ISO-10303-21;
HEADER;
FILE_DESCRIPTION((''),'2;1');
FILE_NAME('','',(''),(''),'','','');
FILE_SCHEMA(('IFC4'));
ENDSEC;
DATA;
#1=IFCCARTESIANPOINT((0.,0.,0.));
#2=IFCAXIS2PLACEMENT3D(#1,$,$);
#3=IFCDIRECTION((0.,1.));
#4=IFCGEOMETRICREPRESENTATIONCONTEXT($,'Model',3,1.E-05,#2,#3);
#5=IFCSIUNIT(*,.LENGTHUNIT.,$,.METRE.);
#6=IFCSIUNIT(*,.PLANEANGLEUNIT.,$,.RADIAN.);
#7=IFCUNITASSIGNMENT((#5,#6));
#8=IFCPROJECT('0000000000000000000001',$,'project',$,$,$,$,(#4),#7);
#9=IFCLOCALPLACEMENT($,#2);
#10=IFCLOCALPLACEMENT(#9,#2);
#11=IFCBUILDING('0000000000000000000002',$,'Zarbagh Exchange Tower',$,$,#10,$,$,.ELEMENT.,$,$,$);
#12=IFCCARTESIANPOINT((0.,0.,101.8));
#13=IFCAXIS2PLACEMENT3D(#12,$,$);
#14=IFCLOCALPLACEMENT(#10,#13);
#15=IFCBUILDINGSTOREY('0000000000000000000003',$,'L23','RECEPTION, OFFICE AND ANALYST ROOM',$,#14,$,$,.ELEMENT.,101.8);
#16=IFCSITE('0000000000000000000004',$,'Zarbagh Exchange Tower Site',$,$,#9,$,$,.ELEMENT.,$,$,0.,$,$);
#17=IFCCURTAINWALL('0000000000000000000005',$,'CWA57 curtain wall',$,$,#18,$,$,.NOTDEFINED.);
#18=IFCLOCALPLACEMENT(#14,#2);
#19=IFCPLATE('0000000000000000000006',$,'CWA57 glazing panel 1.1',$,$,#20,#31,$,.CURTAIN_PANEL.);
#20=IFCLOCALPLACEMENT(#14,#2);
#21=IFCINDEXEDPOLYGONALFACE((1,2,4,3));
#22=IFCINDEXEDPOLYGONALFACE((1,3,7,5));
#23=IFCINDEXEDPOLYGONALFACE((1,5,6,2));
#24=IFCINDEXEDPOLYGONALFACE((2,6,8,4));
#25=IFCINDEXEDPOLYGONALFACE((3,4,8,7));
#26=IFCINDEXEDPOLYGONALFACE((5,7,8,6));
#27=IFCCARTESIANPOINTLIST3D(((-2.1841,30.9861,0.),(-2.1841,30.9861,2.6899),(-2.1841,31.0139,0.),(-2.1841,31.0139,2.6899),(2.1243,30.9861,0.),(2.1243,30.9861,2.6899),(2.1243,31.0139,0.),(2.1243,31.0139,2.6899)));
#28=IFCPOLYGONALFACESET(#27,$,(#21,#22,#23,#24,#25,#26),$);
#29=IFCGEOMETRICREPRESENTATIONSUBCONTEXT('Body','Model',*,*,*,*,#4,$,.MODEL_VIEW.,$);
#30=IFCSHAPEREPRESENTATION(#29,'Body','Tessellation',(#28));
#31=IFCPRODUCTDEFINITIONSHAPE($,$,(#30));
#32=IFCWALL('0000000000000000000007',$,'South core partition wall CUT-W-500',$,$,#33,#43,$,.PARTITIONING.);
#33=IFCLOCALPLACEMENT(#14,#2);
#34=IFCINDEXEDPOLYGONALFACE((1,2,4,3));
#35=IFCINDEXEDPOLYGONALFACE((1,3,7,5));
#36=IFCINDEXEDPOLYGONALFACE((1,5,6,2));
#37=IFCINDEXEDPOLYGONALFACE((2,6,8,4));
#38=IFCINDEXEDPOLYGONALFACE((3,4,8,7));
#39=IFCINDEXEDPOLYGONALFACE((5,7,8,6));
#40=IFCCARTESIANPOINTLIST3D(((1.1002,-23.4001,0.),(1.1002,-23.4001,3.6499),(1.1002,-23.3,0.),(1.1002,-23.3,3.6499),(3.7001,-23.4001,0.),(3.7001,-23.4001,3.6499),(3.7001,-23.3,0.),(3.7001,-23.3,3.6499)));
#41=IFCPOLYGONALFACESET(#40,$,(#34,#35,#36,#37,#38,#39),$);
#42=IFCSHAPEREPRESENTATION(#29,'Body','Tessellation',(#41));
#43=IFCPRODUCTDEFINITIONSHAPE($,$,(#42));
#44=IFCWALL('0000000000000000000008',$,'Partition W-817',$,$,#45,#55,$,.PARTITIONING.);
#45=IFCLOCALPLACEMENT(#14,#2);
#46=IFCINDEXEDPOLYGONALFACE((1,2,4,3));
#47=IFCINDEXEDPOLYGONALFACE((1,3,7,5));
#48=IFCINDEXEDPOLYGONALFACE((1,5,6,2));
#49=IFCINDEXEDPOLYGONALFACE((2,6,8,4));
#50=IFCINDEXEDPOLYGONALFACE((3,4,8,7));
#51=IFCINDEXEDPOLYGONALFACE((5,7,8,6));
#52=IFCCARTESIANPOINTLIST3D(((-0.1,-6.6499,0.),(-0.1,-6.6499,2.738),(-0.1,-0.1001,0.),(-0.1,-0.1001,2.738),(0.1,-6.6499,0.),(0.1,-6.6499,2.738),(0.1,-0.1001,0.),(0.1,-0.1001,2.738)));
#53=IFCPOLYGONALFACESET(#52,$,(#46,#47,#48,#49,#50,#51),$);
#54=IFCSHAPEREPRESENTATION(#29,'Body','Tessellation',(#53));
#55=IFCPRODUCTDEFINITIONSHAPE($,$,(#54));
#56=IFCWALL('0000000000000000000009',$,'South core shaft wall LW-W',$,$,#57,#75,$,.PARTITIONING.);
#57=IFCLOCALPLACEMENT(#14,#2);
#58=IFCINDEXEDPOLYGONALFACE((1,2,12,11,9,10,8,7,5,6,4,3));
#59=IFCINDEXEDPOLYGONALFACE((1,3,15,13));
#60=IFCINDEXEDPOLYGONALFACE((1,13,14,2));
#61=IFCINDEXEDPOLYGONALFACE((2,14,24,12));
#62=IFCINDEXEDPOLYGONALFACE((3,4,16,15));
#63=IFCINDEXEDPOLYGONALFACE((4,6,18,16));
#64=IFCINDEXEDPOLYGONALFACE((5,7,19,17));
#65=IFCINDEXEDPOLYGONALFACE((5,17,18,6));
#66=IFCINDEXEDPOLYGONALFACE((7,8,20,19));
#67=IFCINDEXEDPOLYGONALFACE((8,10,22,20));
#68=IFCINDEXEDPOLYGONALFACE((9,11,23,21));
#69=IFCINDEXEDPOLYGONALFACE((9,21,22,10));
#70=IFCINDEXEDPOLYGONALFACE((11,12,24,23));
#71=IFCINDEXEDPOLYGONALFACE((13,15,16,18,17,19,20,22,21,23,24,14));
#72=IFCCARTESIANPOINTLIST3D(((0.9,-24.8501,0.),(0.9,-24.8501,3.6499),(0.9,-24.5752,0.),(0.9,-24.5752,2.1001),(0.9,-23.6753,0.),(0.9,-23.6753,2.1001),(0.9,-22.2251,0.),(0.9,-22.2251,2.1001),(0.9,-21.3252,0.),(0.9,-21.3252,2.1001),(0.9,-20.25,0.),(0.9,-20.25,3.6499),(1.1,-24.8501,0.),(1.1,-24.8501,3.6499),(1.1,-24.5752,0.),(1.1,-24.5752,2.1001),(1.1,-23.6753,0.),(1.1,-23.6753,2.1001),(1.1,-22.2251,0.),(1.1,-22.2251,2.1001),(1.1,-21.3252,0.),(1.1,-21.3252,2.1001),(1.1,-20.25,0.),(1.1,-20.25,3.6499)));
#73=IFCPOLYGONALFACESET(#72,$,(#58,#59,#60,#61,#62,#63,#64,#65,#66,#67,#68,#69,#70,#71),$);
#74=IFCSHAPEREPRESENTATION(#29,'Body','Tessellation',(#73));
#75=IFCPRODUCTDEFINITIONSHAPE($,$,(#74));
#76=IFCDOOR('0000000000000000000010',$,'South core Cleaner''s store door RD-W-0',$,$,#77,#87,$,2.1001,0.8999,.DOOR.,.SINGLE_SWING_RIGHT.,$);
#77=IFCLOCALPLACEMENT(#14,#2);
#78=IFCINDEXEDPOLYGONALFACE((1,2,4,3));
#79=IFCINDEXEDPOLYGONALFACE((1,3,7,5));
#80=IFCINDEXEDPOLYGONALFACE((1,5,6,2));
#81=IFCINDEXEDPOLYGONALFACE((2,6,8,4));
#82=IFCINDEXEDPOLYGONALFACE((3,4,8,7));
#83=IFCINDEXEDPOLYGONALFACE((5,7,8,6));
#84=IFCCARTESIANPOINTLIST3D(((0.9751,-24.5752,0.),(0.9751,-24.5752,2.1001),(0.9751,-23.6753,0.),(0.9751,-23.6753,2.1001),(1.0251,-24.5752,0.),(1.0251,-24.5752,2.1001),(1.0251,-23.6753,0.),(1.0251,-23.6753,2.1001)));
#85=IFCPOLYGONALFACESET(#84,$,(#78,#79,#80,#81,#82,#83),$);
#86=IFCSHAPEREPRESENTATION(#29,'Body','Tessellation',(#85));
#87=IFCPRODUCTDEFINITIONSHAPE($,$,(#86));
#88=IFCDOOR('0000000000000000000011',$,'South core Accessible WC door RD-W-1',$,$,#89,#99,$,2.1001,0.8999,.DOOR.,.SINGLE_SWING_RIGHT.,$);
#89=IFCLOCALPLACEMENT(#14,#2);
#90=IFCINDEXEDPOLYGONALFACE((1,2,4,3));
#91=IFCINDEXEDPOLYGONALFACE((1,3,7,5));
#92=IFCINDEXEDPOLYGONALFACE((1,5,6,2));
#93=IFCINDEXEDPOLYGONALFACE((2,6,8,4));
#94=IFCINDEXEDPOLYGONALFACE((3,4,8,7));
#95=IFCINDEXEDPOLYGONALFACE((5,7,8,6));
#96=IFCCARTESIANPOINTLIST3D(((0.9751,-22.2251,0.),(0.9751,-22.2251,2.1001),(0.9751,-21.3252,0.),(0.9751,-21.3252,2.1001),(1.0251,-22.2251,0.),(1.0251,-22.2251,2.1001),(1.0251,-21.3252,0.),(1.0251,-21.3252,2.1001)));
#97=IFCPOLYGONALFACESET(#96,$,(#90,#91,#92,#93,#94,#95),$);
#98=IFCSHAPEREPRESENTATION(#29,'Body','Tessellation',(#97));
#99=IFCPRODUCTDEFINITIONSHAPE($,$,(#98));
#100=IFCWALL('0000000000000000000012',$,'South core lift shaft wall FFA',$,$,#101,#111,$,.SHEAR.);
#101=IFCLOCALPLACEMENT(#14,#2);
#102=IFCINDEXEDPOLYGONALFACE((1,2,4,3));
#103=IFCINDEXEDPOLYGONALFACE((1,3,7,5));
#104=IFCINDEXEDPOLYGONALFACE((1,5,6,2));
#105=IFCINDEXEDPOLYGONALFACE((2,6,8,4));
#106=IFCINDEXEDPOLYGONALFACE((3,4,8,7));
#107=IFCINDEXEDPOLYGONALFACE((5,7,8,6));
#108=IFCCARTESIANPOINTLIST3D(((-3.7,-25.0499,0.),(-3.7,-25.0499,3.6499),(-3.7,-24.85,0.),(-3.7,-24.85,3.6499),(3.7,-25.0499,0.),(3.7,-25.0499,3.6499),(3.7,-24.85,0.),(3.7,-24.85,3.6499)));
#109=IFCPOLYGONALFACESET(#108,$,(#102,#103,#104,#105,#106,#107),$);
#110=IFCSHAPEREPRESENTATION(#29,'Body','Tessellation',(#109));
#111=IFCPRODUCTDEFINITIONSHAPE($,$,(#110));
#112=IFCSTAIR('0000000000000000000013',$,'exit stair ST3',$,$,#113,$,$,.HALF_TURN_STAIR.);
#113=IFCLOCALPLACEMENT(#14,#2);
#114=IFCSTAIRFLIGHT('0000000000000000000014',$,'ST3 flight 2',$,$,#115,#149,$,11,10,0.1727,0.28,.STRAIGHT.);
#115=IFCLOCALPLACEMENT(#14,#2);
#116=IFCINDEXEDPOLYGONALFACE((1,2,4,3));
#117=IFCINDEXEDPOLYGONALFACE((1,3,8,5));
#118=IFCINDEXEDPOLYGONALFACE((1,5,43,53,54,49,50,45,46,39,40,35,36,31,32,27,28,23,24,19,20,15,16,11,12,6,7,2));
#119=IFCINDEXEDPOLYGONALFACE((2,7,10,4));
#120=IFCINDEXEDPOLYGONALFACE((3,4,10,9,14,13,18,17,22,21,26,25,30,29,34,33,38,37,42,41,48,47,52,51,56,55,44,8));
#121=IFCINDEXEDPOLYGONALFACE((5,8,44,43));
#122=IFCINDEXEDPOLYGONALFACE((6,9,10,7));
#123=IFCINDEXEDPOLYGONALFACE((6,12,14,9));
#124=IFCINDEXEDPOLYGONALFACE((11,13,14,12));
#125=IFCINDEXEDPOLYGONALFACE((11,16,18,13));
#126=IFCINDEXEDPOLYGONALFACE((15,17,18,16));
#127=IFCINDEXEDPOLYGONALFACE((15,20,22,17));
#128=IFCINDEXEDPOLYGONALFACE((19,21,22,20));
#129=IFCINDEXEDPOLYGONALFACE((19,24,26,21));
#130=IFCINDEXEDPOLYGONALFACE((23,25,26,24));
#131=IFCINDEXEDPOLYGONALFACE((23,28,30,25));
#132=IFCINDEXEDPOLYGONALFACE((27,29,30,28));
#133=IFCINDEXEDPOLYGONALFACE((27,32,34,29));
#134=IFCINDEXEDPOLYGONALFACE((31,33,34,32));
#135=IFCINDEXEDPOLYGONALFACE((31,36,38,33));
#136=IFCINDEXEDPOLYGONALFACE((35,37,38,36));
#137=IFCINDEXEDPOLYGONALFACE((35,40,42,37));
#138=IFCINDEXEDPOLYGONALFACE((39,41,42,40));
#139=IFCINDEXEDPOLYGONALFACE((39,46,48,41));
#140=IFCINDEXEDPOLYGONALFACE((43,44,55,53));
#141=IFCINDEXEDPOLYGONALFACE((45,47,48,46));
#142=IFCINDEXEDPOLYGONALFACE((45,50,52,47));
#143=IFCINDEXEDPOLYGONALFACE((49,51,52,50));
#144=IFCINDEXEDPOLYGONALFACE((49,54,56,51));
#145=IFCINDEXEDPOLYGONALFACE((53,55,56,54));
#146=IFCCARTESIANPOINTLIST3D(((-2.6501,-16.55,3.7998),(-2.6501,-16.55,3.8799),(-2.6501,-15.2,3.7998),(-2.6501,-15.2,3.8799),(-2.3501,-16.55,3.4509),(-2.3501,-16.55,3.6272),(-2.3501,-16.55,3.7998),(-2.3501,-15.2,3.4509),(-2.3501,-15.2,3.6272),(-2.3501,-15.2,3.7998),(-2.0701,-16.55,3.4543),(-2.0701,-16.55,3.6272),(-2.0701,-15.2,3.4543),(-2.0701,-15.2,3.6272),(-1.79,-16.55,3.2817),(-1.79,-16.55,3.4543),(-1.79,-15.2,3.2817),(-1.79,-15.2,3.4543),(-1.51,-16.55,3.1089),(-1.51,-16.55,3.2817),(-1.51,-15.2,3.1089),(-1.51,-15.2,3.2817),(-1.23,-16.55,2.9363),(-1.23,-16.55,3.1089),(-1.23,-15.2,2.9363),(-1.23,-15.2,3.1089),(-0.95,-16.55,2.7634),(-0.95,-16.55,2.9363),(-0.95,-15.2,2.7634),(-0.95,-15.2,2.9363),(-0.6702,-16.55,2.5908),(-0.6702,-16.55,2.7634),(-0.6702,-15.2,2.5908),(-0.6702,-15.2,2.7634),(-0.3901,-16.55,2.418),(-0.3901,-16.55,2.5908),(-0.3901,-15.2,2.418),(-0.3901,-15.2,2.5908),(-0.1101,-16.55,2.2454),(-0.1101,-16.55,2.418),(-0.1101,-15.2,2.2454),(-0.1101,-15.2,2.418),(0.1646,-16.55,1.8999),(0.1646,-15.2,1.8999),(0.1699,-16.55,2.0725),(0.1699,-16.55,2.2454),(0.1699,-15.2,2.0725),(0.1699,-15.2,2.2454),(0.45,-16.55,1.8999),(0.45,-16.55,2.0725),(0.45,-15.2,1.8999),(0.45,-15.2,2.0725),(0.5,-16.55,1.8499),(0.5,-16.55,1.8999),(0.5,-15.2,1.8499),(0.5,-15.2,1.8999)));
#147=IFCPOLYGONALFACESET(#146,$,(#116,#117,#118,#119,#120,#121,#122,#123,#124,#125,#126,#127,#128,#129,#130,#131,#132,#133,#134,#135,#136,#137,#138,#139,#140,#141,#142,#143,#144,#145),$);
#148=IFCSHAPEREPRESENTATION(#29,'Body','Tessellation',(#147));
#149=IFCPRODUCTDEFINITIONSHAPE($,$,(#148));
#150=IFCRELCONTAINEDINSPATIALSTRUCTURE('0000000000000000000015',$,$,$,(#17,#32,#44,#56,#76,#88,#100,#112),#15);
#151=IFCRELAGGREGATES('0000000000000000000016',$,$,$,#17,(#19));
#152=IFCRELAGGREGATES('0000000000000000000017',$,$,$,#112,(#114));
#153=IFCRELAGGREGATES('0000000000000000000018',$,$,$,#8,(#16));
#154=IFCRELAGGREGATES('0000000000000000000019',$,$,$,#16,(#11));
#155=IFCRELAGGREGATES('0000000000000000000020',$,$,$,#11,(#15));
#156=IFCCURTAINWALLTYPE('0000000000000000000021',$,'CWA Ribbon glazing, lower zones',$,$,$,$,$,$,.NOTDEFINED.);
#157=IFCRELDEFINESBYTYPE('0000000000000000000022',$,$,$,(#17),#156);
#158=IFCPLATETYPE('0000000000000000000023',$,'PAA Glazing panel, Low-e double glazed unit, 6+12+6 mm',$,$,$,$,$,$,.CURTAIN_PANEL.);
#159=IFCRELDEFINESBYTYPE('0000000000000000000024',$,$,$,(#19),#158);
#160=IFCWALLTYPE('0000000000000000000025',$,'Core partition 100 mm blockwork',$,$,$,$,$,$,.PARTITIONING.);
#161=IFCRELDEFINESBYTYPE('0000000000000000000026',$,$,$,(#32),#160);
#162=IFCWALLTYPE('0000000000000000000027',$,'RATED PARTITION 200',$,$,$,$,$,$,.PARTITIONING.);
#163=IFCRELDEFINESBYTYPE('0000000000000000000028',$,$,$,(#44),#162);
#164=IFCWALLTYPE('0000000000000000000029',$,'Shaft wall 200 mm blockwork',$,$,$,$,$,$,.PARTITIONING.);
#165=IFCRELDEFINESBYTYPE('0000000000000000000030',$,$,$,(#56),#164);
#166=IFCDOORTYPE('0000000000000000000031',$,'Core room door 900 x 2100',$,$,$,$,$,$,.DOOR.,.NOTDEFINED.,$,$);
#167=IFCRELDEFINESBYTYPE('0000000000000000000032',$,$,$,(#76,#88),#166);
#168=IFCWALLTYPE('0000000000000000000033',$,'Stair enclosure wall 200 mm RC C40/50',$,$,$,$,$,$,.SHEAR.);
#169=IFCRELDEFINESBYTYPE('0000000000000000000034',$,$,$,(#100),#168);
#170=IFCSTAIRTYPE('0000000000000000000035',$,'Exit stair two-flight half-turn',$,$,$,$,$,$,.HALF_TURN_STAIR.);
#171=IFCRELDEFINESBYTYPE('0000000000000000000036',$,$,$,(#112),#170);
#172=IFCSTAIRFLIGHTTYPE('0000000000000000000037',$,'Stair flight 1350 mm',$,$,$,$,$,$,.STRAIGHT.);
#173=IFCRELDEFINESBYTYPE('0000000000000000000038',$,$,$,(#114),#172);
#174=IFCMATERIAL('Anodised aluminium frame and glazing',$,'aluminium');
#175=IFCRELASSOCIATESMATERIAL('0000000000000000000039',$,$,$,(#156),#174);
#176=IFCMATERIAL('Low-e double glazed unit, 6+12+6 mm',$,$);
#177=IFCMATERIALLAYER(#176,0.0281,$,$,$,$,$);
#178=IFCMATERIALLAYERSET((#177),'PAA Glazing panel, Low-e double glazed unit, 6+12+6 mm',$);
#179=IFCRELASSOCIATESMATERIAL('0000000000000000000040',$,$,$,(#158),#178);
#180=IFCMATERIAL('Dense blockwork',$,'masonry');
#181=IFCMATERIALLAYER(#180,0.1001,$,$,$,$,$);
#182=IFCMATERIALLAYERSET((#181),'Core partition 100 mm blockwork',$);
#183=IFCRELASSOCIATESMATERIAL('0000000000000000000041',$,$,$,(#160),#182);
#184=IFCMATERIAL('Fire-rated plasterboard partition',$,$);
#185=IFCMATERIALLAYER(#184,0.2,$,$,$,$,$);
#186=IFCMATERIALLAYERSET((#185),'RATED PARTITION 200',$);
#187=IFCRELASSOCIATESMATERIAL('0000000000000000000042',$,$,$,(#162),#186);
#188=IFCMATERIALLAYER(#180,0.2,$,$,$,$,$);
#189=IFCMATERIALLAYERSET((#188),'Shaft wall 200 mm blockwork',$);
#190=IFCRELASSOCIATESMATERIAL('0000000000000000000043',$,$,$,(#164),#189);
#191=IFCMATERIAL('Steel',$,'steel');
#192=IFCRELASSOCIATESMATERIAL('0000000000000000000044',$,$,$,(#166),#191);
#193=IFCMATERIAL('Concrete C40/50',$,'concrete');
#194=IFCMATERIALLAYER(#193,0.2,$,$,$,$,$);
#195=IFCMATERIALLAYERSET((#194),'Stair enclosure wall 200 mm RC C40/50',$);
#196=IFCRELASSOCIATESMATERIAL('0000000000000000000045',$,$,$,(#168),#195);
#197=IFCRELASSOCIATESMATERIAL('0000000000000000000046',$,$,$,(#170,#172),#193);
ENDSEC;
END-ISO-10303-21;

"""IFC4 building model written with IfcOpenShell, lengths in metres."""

from ifc_helpers import new_model, si_unit, direction, frame, frame_2d, origin, place, context, subcontext, project, spatial, polyline, rectangle, outline, extrude, source, transform, mapped, material, layer, layer_set, type_object, element, fill, aggregate, save


model = new_model("IFC4")

# Units and contexts
model_context = context("Model", 3, precision=1e-05, world=origin(), true_north=direction((0.0, 1.0)))
body_context = subcontext(model_context, "Body", "Model", "MODEL_VIEW")
ifc_project = project(units=[si_unit("LENGTHUNIT", "METRE"), si_unit("PLANEANGLEUNIT", "RADIAN")], contexts=[model_context])

# Site, building, storey
site_placement = place(None, origin())
site = spatial("IfcSite", under=ifc_project, at=site_placement, Name="Zarbagh Exchange Tower Site", CompositionType="ELEMENT", RefElevation=0.0)
building_placement = place(site_placement, origin())
building = spatial("IfcBuilding", under=site, at=building_placement, Name="Zarbagh Exchange Tower", CompositionType="ELEMENT")
storey_placement = place(building_placement, frame((0.0, 0.0, 101.8)))
storey = spatial("IfcBuildingStorey", under=building, at=storey_placement, Name="L23", Description="RECEPTION, OFFICE AND ANALYST ROOM", CompositionType="ELEMENT", Elevation=101.8)

# Curtain wall
ifc_material_1 = material(Name="Anodised aluminium frame and glazing", Category="aluminium")
curtain_wall_type = type_object("IfcCurtainWallType", Name="CWA Ribbon glazing, lower zones", PredefinedType="NOTDEFINED", material=ifc_material_1)
placement = place(storey_placement, origin())
curtain_wall_1_placement = place(storey_placement, origin())
curtain_wall_1 = element("IfcCurtainWall", 1, at=curtain_wall_1_placement, inside=storey, type_object=curtain_wall_type, Name="CWA57 curtain wall", PredefinedType="NOTDEFINED")

# Shared definitions
ifc_material_2 = material(Name="Low-e double glazed unit, 6+12+6 mm")
ifc_layer_1 = layer(ifc_material_2, 0.0281)
ifc_layer_set_1 = layer_set([ifc_layer_1], Name="PAA Glazing panel, Low-e double glazed unit, 6+12+6 mm")
plate_type = type_object("IfcPlateType", Name="PAA Glazing panel, Low-e double glazed unit, 6+12+6 mm", PredefinedType="CURTAIN_PANEL", material=ifc_layer_set_1)

# Plate
shared_shape_1 = source(origin(), body_context, "Body", "SweptSolid", [
    extrude(outline(polyline([(0.0, -0.0139), (4.3083, -0.0139), (4.3083, 0.0139), (0.0, 0.0139), (0.0, -0.0139)])), origin(), (0.0, 0.0, 1.0), 2.6899),
])
plate_1 = element("IfcPlate", 2, at=placement, type_object=plate_type, Name="CWA57 glazing panel 1.1", PredefinedType="CURTAIN_PANEL", context=body_context, shape_type="MappedRepresentation", body=[
    mapped(shared_shape_1, transform((2.1243, 31.0, 0.0), x_axis=(-1.0, 0.0, 0.0), y_axis=(0.0, -1.0, 0.0), z_axis=(0.0, 0.0, 1.0))),
])
aggregate(curtain_wall_1, [plate_1])

# Walls
ifc_material_3 = material(Name="Dense blockwork", Category="masonry")
ifc_layer_2 = layer(ifc_material_3, 0.1001)
ifc_layer_set_2 = layer_set([ifc_layer_2], Name="Core partition 100 mm blockwork")
wall_type_1 = type_object("IfcWallType", Name="Core partition 100 mm blockwork", PredefinedType="PARTITIONING", material=ifc_layer_set_2)
wall_1_placement = place(storey_placement, frame((3.7, -23.3501, 0.0), z_axis=(0.0, 0.0, 1.0), x_axis=(-1.0, 0.0, 0.0)))
element("IfcWall", 3, at=wall_1_placement, inside=storey, type_object=wall_type_1, Name="South core partition wall CUT-W-500", PredefinedType="PARTITIONING", context=body_context, shape_type="SweptSolid", body=[
    extrude(rectangle(XDim=2.5999, YDim=0.1001, at=frame_2d((1.2998, 0.0))), origin(), (0.0, 0.0, 1.0), 3.6499),
])
ifc_material_4 = material(Name="Fire-rated plasterboard partition")
ifc_layer_3 = layer(ifc_material_4, 0.2)
ifc_layer_set_3 = layer_set([ifc_layer_3], Name="RATED PARTITION 200")
wall_type_2 = type_object("IfcWallType", Name="RATED PARTITION 200", PredefinedType="PARTITIONING", material=ifc_layer_set_3)
wall_2_placement = place(storey_placement, frame((0.0, -6.6499, 0.0), z_axis=(0.0, 0.0, 1.0), x_axis=(0.0, 1.0, 0.0)))
element("IfcWall", 4, at=wall_2_placement, inside=storey, type_object=wall_type_2, Name="Partition W-817", PredefinedType="PARTITIONING", context=body_context, shape_type="SweptSolid", body=[
    extrude(rectangle(XDim=6.5498, YDim=0.2, at=frame_2d((3.2749, 0.0))), origin(), (0.0, 0.0, 1.0), 2.738),
])

# Wall, openings, doors
ifc_layer_4 = layer(ifc_material_3, 0.2)
ifc_layer_set_4 = layer_set([ifc_layer_4], Name="Shaft wall 200 mm blockwork")
wall_type_3 = type_object("IfcWallType", Name="Shaft wall 200 mm blockwork", PredefinedType="PARTITIONING", material=ifc_layer_set_4)
wall_3_placement = place(storey_placement, frame((1.0, -24.8501, 0.0), z_axis=(0.0, 0.0, 1.0), x_axis=(0.0, 1.0, 0.0)))
wall_3 = element("IfcWall", 5, at=wall_3_placement, inside=storey, type_object=wall_type_3, Name="South core shaft wall LW-W", PredefinedType="PARTITIONING", context=body_context, shape_type="SweptSolid", body=[
    extrude(rectangle(XDim=4.6001, YDim=0.2, at=frame_2d((2.3, 0.0))), origin(), (0.0, 0.0, 1.0), 3.6499),
])
opening_1_placement = place(wall_3_placement, frame((0.2749, 0.0, 0.0)))
opening_1 = element("IfcOpeningElement", 6, at=opening_1_placement, cuts=wall_3, PredefinedType="OPENING", context=body_context, shape_type="SweptSolid", body=[
    extrude(rectangle(XDim=0.8999, YDim=2.1001, at=frame_2d((0.45, 1.05))), frame((0.0, 0.1099, 0.0), z_axis=(0.0, -1.0, 0.0), x_axis=(1.0, 0.0, 0.0)), (0.0, 0.0, 1.0), 0.22),
])
opening_2_placement = place(wall_3_placement, frame((2.625, 0.0, 0.0)))
opening_2 = element("IfcOpeningElement", 7, at=opening_2_placement, cuts=wall_3, PredefinedType="OPENING", context=body_context, shape_type="SweptSolid", body=[
    extrude(rectangle(XDim=0.8999, YDim=2.1001, at=frame_2d((0.45, 1.05))), frame((0.0, 0.1099, 0.0), z_axis=(0.0, -1.0, 0.0), x_axis=(1.0, 0.0, 0.0)), (0.0, 0.0, 1.0), 0.22),
])
ifc_material_5 = material(Name="Steel", Category="steel")
door_type = type_object("IfcDoorType", Name="Core room door 900 x 2100", OperationType="NOTDEFINED", PredefinedType="DOOR", material=ifc_material_5)
door_1_placement = place(opening_1_placement, origin())
door_1 = element("IfcDoor", 8, at=door_1_placement, inside=storey, type_object=door_type, Name="South core Cleaner's store door RD-W-0", OperationType="SINGLE_SWING_RIGHT", OverallHeight=2.1001, OverallWidth=0.8999, PredefinedType="DOOR", context=body_context, shape_type="SweptSolid", body=[
    extrude(rectangle(XDim=0.8999, YDim=2.1001, at=frame_2d((0.45, 1.05))), frame((0.0, 0.0249, 0.0), z_axis=(0.0, -1.0, 0.0), x_axis=(1.0, 0.0, 0.0)), (0.0, 0.0, 1.0), 0.05),
])
fill(opening_1, door_1)
door_2_placement = place(opening_2_placement, origin())
door_2 = element("IfcDoor", 9, at=door_2_placement, inside=storey, type_object=door_type, Name="South core Accessible WC door RD-W-1", OperationType="SINGLE_SWING_RIGHT", OverallHeight=2.1001, OverallWidth=0.8999, PredefinedType="DOOR", context=body_context, shape_type="SweptSolid", body=[
    extrude(rectangle(XDim=0.8999, YDim=2.1001, at=frame_2d((0.45, 1.05))), frame((0.0, 0.0249, 0.0), z_axis=(0.0, -1.0, 0.0), x_axis=(1.0, 0.0, 0.0)), (0.0, 0.0, 1.0), 0.05),
])
fill(opening_2, door_2)

# Wall
ifc_material_6 = material(Name="Concrete C40/50", Category="concrete")
ifc_layer_5 = layer(ifc_material_6, 0.2)
ifc_layer_set_5 = layer_set([ifc_layer_5], Name="Stair enclosure wall 200 mm RC C40/50")
wall_type_4 = type_object("IfcWallType", Name="Stair enclosure wall 200 mm RC C40/50", PredefinedType="SHEAR", material=ifc_layer_set_5)
wall_4_placement = place(storey_placement, frame((3.7, -24.95, 0.0), z_axis=(0.0, 0.0, 1.0), x_axis=(-1.0, 0.0, 0.0)))
element("IfcWall", 10, at=wall_4_placement, inside=storey, type_object=wall_type_4, Name="South core lift shaft wall FFA", PredefinedType="SHEAR", context=body_context, shape_type="SweptSolid", body=[
    extrude(rectangle(XDim=7.3999, YDim=0.2, at=frame_2d((3.7, 0.0))), origin(), (0.0, 0.0, 1.0), 3.6499),
])

# Stair, stair flight
stair_type = type_object("IfcStairType", Name="Exit stair two-flight half-turn", PredefinedType="HALF_TURN_STAIR", material=ifc_material_6)
stair_1_placement = place(storey_placement, origin())
stair_1 = element("IfcStair", 11, at=stair_1_placement, inside=storey, type_object=stair_type, Name="exit stair ST3", PredefinedType="HALF_TURN_STAIR")
stair_flight_type_1 = type_object("IfcStairFlightType", Name="Stair flight 1350 mm", PredefinedType="STRAIGHT", material=ifc_material_6)
stair_flight_1_placement = place(storey_placement, frame((0.45, -15.875, 1.8999), z_axis=(0.0, 0.0, 1.0), x_axis=(-1.0, 0.0, 0.0)))
stair_flight_1 = element("IfcStairFlight", 12, at=stair_flight_1_placement, type_object=stair_flight_type_1, Name="ST3 flight 2", NumberOfRisers=11, NumberOfTreads=10, PredefinedType="STRAIGHT", RiserHeight=0.1727, TreadLength=0.28, context=body_context, shape_type="SweptSolid", body=[
    extrude(outline(polyline([(-0.05, -0.05), (-0.05, 0.0), (0.0, 0.0), (0.0, 0.1726), (0.28, 0.1726), (0.28, 0.3455), (0.5601, 0.3455), (0.5601, 0.5181), (0.8401, 0.5181), (0.8401, 0.6909), (1.1201, 0.6909), (1.1201, 0.8635), (1.3999, 0.8635), (1.3999, 1.0364), (1.6799, 1.0364), (1.6799, 1.209), (1.96, 1.209), (1.96, 1.3818), (2.24, 1.3818), (2.24, 1.5544), (2.52, 1.5544), (2.52, 1.7273), (2.8, 1.7273), (2.8, 1.8999), (3.1001, 1.98), (3.1001, 1.8999), (2.8, 1.551), (0.2854, 0.0), (-0.05, -0.05)])), frame((0.0, 0.675, 0.0), z_axis=(0.0, -1.0, 0.0), x_axis=(1.0, 0.0, 0.0)), (0.0, 0.0, 1.0), 1.3501),
])
aggregate(stair_1, [stair_flight_1])

save(model, "model.ifc")
